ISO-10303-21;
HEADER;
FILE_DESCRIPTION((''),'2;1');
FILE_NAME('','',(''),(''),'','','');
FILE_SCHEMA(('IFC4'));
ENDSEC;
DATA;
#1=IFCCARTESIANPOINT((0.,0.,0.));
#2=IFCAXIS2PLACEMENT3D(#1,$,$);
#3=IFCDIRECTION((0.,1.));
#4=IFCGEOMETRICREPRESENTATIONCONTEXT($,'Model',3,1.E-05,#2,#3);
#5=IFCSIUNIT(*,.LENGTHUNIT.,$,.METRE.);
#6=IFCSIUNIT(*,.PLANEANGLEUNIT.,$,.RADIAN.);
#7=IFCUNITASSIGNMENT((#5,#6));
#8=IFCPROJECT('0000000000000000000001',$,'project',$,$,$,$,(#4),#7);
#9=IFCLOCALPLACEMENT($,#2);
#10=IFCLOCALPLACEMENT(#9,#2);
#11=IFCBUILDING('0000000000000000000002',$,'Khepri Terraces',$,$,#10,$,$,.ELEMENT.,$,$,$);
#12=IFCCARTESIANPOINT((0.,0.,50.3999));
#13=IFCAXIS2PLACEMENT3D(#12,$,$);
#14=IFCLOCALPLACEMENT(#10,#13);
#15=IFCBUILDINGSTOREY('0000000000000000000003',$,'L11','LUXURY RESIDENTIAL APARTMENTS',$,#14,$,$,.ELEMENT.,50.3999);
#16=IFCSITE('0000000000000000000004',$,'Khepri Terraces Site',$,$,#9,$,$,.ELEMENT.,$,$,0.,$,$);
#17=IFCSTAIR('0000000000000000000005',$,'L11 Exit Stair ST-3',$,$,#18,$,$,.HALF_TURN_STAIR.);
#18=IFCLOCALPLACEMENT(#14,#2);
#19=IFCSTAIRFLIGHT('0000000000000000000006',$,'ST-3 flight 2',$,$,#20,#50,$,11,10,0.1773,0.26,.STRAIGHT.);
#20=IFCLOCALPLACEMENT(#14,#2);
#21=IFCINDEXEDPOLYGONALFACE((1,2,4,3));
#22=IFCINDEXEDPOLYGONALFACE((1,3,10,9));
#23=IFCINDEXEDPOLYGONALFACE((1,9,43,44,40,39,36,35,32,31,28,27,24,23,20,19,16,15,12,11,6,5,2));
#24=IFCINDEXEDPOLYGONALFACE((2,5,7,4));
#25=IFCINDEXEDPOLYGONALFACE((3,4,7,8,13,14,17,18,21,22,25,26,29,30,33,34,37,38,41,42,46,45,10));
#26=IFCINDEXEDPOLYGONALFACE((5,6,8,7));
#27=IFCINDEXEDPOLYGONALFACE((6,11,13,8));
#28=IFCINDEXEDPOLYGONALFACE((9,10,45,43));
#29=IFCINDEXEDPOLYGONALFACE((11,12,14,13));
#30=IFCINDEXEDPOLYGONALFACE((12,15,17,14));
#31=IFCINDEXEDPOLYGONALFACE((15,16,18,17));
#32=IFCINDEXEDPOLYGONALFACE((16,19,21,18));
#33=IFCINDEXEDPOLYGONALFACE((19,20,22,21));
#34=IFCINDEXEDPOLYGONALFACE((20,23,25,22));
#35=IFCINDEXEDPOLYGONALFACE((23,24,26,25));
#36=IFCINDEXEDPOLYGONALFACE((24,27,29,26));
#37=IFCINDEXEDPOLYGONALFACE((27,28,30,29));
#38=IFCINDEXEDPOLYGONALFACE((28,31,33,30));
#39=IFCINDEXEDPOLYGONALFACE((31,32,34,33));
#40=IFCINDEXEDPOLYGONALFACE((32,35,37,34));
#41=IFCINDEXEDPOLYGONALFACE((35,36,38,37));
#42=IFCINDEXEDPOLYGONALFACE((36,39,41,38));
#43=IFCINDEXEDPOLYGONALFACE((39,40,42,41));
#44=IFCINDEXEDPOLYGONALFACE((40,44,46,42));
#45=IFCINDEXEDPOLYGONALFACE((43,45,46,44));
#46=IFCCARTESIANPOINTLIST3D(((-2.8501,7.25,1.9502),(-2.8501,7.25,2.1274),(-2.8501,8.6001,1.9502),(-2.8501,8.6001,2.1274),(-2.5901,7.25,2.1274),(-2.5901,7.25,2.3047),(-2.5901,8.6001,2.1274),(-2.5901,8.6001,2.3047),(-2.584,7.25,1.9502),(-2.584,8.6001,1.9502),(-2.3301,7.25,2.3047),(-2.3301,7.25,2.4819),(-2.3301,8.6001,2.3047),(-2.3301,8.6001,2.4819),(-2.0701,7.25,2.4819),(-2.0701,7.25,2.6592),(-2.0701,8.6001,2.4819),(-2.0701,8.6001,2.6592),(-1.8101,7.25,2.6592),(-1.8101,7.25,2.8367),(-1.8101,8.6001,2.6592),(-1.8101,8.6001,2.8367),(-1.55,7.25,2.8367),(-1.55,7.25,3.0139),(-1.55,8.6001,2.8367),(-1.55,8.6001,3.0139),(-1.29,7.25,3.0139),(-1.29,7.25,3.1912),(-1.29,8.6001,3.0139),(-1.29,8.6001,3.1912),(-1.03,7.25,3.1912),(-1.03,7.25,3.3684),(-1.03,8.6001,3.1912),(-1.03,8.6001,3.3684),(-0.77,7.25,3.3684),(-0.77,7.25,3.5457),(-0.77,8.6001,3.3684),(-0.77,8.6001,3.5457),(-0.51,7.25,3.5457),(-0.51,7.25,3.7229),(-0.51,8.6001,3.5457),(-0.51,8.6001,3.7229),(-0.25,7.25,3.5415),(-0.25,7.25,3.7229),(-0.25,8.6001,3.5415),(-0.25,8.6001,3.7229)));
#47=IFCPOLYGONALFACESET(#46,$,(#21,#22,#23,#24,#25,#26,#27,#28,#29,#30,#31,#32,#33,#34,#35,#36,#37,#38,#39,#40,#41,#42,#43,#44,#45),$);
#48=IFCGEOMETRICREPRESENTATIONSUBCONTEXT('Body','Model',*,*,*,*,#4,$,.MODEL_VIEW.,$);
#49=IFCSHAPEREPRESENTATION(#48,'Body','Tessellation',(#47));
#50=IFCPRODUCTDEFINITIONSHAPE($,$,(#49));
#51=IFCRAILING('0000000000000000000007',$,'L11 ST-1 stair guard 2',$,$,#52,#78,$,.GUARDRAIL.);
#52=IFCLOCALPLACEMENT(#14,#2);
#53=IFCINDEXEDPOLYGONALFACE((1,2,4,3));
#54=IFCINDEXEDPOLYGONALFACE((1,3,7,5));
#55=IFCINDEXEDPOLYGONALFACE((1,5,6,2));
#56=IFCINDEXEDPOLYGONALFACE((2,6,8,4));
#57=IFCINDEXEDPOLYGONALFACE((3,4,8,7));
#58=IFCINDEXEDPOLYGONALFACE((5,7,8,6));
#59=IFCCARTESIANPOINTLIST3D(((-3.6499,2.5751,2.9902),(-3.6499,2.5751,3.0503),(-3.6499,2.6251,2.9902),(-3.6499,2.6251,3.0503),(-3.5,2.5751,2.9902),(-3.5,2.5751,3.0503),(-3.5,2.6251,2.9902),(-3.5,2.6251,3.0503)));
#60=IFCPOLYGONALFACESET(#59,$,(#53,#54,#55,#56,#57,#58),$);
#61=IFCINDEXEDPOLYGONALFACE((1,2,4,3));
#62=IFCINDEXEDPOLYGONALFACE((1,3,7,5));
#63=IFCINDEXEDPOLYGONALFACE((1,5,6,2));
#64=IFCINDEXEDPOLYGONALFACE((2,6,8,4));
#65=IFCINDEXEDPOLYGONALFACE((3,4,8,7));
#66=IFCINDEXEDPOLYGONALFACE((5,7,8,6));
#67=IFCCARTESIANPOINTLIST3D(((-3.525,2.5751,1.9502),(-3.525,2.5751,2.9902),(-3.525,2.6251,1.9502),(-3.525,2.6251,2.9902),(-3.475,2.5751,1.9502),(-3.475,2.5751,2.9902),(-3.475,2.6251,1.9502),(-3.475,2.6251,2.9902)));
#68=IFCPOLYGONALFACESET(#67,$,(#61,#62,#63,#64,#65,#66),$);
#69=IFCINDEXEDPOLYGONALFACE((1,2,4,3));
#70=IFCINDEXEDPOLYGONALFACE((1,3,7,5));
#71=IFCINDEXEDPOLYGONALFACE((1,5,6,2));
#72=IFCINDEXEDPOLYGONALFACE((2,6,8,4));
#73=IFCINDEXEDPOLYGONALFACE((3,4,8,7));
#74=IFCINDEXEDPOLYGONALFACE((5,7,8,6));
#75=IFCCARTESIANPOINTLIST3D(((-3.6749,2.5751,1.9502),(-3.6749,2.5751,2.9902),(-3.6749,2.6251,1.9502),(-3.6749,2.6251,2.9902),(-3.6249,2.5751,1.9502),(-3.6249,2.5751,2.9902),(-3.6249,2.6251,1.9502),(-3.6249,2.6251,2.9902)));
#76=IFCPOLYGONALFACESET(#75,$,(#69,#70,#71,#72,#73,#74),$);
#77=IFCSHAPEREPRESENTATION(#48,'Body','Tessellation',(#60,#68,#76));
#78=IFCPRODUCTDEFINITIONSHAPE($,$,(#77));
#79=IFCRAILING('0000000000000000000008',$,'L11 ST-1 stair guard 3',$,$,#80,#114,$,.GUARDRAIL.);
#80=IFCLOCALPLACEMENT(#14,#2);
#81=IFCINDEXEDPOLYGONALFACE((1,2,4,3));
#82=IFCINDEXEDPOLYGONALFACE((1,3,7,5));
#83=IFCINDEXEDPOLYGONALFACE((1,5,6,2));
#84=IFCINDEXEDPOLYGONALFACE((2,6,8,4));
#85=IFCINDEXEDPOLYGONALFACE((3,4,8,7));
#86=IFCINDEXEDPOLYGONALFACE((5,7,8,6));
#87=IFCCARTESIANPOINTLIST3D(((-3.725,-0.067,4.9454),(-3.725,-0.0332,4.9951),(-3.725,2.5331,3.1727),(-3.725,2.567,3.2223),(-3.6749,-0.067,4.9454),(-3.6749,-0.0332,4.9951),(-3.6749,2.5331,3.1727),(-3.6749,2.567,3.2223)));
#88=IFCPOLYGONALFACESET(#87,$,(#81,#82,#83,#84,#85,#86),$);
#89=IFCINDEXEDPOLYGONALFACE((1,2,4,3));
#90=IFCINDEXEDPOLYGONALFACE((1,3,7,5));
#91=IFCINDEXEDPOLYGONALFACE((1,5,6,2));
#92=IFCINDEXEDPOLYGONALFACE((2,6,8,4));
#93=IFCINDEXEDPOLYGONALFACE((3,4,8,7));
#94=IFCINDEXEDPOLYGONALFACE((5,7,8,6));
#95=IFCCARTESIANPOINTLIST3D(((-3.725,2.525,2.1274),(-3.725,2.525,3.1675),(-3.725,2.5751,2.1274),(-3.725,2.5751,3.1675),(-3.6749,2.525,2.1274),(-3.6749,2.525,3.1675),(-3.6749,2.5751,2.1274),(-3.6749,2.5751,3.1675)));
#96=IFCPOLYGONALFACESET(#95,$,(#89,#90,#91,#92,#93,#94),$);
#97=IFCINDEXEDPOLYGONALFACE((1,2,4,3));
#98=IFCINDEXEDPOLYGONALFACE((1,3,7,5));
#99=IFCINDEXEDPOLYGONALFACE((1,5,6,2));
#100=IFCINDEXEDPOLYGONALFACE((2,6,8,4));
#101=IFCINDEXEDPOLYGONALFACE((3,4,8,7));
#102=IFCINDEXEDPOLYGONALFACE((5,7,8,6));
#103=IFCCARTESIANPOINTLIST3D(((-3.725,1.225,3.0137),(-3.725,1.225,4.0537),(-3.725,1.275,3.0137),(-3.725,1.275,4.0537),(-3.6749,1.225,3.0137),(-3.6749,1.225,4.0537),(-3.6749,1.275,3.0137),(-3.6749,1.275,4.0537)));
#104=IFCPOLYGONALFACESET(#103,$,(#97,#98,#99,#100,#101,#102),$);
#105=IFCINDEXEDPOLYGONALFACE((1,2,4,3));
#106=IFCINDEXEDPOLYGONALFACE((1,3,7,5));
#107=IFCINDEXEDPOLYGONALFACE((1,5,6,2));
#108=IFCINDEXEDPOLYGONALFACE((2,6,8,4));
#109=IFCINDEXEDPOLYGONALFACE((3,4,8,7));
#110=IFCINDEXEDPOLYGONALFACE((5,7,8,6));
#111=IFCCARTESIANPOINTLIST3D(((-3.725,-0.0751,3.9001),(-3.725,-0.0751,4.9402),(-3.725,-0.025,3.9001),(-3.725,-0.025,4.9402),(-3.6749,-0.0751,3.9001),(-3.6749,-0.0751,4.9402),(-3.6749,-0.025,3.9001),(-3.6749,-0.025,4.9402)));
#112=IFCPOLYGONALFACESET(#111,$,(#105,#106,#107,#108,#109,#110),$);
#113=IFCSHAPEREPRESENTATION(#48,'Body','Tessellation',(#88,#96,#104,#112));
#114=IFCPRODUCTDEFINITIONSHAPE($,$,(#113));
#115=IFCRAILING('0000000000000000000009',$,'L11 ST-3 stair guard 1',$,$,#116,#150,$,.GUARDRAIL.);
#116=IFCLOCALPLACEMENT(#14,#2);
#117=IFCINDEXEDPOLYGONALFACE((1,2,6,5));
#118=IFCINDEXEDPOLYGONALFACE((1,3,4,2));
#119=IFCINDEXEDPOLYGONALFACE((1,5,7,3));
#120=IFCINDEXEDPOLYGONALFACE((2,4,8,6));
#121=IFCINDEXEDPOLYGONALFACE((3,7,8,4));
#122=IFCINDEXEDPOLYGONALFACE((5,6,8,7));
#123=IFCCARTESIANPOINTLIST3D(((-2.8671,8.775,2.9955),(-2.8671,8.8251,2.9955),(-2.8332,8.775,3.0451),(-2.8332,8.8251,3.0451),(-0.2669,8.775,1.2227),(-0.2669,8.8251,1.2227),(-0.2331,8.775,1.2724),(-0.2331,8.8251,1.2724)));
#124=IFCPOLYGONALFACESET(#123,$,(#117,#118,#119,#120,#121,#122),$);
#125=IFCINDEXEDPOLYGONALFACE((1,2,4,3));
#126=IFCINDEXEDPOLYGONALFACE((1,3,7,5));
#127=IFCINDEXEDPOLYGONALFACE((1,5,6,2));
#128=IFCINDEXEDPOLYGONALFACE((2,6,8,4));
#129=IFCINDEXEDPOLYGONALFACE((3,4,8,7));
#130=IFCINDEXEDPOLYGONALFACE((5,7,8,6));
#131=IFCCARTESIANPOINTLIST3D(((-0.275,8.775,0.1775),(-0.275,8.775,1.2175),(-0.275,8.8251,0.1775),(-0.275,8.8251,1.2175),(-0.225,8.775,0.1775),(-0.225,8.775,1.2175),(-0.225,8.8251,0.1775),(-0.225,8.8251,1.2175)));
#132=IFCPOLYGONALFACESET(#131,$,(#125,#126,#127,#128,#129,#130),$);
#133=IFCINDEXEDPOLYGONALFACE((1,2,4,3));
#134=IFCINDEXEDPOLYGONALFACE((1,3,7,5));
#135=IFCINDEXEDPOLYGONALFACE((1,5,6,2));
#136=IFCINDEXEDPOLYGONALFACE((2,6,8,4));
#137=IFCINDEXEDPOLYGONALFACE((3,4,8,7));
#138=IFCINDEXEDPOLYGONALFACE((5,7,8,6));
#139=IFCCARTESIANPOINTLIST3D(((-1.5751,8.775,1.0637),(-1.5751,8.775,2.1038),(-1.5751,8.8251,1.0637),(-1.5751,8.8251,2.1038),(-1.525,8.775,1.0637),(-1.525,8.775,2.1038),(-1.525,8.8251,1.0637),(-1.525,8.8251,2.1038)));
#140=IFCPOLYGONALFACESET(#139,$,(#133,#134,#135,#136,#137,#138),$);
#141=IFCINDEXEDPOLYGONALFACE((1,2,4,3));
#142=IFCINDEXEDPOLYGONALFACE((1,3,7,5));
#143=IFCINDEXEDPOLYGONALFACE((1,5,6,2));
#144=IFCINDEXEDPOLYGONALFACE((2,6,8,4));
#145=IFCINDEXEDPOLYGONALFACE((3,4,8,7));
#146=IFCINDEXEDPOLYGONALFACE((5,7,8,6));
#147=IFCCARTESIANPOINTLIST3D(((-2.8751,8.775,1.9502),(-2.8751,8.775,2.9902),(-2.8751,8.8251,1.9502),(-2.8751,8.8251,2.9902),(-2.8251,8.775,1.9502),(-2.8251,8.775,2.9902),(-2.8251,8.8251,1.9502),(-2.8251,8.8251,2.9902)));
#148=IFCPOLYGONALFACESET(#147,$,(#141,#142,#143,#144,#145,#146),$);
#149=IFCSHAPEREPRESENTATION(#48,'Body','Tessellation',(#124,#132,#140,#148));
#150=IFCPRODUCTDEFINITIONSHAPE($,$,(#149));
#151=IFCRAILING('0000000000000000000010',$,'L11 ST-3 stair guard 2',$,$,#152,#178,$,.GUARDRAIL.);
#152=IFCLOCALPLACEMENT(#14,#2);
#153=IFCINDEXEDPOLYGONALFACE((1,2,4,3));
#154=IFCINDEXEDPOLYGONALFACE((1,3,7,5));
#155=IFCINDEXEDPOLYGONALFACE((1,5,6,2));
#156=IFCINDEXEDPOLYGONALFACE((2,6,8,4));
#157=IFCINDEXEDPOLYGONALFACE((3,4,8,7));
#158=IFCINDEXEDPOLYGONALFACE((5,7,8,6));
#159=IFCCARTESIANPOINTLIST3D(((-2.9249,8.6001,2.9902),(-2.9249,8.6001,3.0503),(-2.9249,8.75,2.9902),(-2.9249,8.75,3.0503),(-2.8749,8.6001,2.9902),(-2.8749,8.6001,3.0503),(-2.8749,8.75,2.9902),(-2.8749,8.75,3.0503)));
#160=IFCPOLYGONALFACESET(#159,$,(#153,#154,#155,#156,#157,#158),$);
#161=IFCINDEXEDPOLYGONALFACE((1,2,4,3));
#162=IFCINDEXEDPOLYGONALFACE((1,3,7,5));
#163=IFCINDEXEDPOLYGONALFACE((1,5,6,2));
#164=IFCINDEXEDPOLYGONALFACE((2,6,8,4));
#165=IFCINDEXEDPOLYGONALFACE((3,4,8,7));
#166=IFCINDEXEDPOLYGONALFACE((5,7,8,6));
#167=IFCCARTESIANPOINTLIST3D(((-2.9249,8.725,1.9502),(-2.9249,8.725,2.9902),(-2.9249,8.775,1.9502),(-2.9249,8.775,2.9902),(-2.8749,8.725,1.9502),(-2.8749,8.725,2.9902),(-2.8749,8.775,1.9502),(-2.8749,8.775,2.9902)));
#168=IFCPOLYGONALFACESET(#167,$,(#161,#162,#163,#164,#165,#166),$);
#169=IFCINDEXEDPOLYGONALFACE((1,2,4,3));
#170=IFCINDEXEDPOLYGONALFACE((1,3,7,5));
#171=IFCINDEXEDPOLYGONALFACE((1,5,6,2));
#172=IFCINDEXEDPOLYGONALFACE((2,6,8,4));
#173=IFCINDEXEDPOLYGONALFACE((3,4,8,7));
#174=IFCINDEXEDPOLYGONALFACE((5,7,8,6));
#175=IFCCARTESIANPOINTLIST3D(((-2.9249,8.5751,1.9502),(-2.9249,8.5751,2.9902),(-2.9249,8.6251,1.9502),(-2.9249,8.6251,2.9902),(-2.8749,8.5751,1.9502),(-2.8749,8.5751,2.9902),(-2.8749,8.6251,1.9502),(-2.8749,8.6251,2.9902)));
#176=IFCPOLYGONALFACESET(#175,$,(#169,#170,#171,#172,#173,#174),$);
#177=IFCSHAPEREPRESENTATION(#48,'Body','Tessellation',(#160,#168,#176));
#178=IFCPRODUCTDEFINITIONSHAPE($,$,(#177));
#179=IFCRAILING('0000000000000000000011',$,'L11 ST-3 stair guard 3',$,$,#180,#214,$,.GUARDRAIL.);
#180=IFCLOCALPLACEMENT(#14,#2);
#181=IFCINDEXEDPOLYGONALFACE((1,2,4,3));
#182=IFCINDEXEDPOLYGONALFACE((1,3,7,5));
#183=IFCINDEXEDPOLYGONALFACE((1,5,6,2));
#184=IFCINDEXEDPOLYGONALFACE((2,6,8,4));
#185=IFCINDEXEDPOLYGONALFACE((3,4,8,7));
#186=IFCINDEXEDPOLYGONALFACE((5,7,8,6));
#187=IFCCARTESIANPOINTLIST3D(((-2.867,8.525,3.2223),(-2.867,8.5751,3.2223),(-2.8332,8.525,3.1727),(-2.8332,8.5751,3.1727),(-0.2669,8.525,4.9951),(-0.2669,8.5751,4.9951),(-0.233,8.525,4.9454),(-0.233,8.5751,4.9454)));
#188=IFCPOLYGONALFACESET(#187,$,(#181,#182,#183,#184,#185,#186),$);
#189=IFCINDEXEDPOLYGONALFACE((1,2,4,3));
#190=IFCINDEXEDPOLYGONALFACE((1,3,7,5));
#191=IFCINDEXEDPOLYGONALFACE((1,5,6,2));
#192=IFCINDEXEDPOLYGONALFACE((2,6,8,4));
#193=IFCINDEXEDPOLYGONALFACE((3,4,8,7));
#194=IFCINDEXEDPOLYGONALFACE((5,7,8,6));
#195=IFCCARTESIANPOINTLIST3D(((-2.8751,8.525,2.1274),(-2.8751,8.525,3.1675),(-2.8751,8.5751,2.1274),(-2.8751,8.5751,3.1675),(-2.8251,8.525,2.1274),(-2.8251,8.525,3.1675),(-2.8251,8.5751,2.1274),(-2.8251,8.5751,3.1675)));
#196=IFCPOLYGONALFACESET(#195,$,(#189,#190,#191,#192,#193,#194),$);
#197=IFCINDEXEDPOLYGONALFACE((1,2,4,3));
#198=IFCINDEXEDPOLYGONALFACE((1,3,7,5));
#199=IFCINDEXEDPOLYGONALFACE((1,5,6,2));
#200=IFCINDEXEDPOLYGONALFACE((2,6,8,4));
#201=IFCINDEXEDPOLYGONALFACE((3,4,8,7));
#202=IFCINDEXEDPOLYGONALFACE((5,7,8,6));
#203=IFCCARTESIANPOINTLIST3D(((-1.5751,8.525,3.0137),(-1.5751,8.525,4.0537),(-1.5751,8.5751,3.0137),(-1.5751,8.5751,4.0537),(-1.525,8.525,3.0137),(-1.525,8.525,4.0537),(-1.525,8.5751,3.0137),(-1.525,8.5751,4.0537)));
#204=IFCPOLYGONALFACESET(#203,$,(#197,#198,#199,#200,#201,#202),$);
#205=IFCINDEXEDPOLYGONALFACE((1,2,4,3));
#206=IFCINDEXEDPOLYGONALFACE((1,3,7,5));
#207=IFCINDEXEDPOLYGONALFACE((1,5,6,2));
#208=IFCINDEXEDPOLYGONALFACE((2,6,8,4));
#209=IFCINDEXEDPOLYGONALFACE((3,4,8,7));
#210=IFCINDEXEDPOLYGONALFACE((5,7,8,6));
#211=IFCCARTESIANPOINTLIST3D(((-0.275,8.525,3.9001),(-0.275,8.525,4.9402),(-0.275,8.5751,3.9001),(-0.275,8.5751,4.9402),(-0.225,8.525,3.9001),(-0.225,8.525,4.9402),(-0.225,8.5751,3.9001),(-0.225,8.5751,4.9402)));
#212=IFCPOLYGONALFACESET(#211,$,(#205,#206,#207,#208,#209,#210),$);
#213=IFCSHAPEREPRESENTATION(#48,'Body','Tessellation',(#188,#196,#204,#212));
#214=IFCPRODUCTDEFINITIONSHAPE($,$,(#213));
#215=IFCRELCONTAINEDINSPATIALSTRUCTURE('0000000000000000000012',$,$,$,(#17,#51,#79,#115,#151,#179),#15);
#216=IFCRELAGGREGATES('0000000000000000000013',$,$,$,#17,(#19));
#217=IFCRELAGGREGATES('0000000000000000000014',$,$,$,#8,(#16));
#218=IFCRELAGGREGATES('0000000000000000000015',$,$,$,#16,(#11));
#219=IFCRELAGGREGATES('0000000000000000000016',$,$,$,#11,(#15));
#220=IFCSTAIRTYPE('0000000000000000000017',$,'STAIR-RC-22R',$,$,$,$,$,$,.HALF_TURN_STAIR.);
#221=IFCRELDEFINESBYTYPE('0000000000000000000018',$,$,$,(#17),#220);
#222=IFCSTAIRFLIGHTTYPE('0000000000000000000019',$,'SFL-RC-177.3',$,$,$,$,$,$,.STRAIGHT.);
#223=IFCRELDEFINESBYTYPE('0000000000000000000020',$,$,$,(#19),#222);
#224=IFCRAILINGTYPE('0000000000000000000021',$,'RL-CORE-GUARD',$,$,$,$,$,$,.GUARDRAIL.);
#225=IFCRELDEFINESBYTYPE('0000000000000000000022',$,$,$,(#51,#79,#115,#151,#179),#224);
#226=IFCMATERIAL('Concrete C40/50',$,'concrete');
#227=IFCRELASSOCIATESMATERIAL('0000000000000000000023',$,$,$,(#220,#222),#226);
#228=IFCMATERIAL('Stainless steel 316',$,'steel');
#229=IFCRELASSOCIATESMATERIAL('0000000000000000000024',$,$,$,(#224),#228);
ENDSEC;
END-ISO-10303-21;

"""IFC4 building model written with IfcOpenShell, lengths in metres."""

from ifc_helpers import new_model, si_unit, direction, frame, origin, origin_2d, place, context, subcontext, project, spatial, polyline, rectangle, outline, extrude, material, type_object, element, aggregate, save


model = new_model("IFC4")

# Units and contexts
model_context = context("Model", 3, precision=1e-05, world=origin(), true_north=direction((0.0, 1.0)))
body_context = subcontext(model_context, "Body", "Model", "MODEL_VIEW")
ifc_project = project(units=[si_unit("LENGTHUNIT", "METRE"), si_unit("PLANEANGLEUNIT", "RADIAN")], contexts=[model_context])

# Site, building, storey
site_placement = place(None, origin())
site = spatial("IfcSite", under=ifc_project, at=site_placement, Name="Khepri Terraces Site", CompositionType="ELEMENT", RefElevation=0.0)
building_placement = place(site_placement, origin())
building = spatial("IfcBuilding", under=site, at=building_placement, Name="Khepri Terraces", CompositionType="ELEMENT")
storey_placement = place(building_placement, frame((0.0, 0.0, 50.3999)))
storey = spatial("IfcBuildingStorey", under=building, at=storey_placement, Name="L11", Description="LUXURY RESIDENTIAL APARTMENTS", CompositionType="ELEMENT", Elevation=50.3999)

# Stair, stair flight
ifc_material_1 = material(Name="Concrete C40/50", Category="concrete")
stair_type = type_object("IfcStairType", Name="STAIR-RC-22R", PredefinedType="HALF_TURN_STAIR", material=ifc_material_1)
stair_flight_type = type_object("IfcStairFlightType", Name="SFL-RC-177.3", PredefinedType="STRAIGHT", material=ifc_material_1)
stair_1_placement = place(storey_placement, origin())
stair_1 = element("IfcStair", 1, at=stair_1_placement, inside=storey, type_object=stair_type, Name="L11 Exit Stair ST-3", PredefinedType="HALF_TURN_STAIR")
stair_flight_1_placement = place(storey_placement, frame((-2.8501, 7.925, 1.9502), z_axis=(0.0, 0.0, 1.0), x_axis=(1.0, 0.0, 0.0)))
stair_flight_1 = element("IfcStairFlight", 2, at=stair_flight_1_placement, type_object=stair_flight_type, Name="ST-3 flight 2", NumberOfRisers=11, NumberOfTreads=10, PredefinedType="STRAIGHT", RiserHeight=0.1773, TreadLength=0.26, context=body_context, shape_type="SweptSolid", body=[
    extrude(outline(polyline([(0.0, 0.0), (0.0, 0.1772), (0.26, 0.1772), (0.26, 0.3545), (0.52, 0.3545), (0.52, 0.5317), (0.78, 0.5317), (0.78, 0.709), (1.04, 0.709), (1.04, 0.8865), (1.3, 0.8865), (1.3, 1.0637), (1.5601, 1.0637), (1.5601, 1.241), (1.8201, 1.241), (1.8201, 1.4182), (2.0801, 1.4182), (2.0801, 1.5955), (2.3401, 1.5955), (2.3401, 1.7727), (2.6001, 1.7727), (2.6001, 1.95), (2.6001, 1.5913), (0.2661, 0.0), (0.0, 0.0)])), frame((0.0, 0.675, 0.0), z_axis=(0.0, -1.0, 0.0), x_axis=(1.0, 0.0, 0.0)), (0.0, 0.0, 1.0), 1.3501),
])
aggregate(stair_1, [stair_flight_1])

# Railings
ifc_material_2 = material(Name="Stainless steel 316", Category="steel")
railing_type_1 = type_object("IfcRailingType", Name="RL-CORE-GUARD", PredefinedType="GUARDRAIL", material=ifc_material_2)
railing_1_placement = place(storey_placement, frame((-3.5, 2.6001, 1.9502)))
element("IfcRailing", 3, at=railing_1_placement, inside=storey, type_object=railing_type_1, Name="L11 ST-1 stair guard 2", PredefinedType="GUARDRAIL", context=body_context, shape_type="SweptSolid", body=[
    extrude(rectangle(XDim=0.05, YDim=0.0601, at=origin_2d()), frame((0.0, 0.0, 1.0701), z_axis=(-1.0, 0.0, 0.0), x_axis=(0.0, -1.0, 0.0)), (0.0, 0.0, 1.0), 0.1499),
    extrude(rectangle(XDim=0.05, YDim=0.05, at=origin_2d()), origin(), (0.0, 0.0, 1.0), 1.04),
    extrude(rectangle(XDim=0.05, YDim=0.05, at=origin_2d()), frame((-0.1499, 0.0, 0.0)), (0.0, 0.0, 1.0), 1.04),
])
railing_2_placement = place(storey_placement, frame((-3.7, 2.55, 2.1274)))
element("IfcRailing", 4, at=railing_2_placement, inside=storey, type_object=railing_type_1, Name="L11 ST-1 stair guard 3", PredefinedType="GUARDRAIL", context=body_context, shape_type="SweptSolid", body=[
    extrude(rectangle(XDim=0.05, YDim=0.0601, at=origin_2d()), frame((0.0, 0.0, 1.0701), z_axis=(0.0, -0.82624, 0.563318), x_axis=(1.0, 0.0, 0.0)), (0.0, 0.0, 1.0), 3.147),
    extrude(rectangle(XDim=0.05, YDim=0.05, at=origin_2d()), origin(), (0.0, 0.0, 1.0), 1.04),
    extrude(rectangle(XDim=0.05, YDim=0.05, at=origin_2d()), frame((0.0, -1.3, 0.8862)), (0.0, 0.0, 1.0), 1.04),
    extrude(rectangle(XDim=0.05, YDim=0.05, at=origin_2d()), frame((0.0, -2.6001, 1.7727)), (0.0, 0.0, 1.0), 1.04),
])
railing_3_placement = place(storey_placement, frame((-0.25, 8.8, 0.1775)))
element("IfcRailing", 5, at=railing_3_placement, inside=storey, type_object=railing_type_1, Name="L11 ST-3 stair guard 1", PredefinedType="GUARDRAIL", context=body_context, shape_type="SweptSolid", body=[
    extrude(rectangle(XDim=0.05, YDim=0.0601, at=origin_2d()), frame((0.0, 0.0, 1.0701), z_axis=(-0.82624, 0.0, 0.563318), x_axis=(0.0, -1.0, 0.0)), (0.0, 0.0, 1.0), 3.147),
    extrude(rectangle(XDim=0.05, YDim=0.05, at=origin_2d()), origin(), (0.0, 0.0, 1.0), 1.04),
    extrude(rectangle(XDim=0.05, YDim=0.05, at=origin_2d()), frame((-1.3, 0.0, 0.8862)), (0.0, 0.0, 1.0), 1.04),
    extrude(rectangle(XDim=0.05, YDim=0.05, at=origin_2d()), frame((-2.6001, 0.0, 1.7727)), (0.0, 0.0, 1.0), 1.04),
])
railing_4_placement = place(storey_placement, frame((-2.8999, 8.75, 1.9502)))
element("IfcRailing", 6, at=railing_4_placement, inside=storey, type_object=railing_type_1, Name="L11 ST-3 stair guard 2", PredefinedType="GUARDRAIL", context=body_context, shape_type="SweptSolid", body=[
    extrude(rectangle(XDim=0.05, YDim=0.0601, at=origin_2d()), frame((0.0, 0.0, 1.0701), z_axis=(0.0, -1.0, 0.0), x_axis=(1.0, 0.0, 0.0)), (0.0, 0.0, 1.0), 0.1499),
    extrude(rectangle(XDim=0.05, YDim=0.05, at=origin_2d()), origin(), (0.0, 0.0, 1.0), 1.04),
    extrude(rectangle(XDim=0.05, YDim=0.05, at=origin_2d()), frame((0.0, -0.1499, 0.0)), (0.0, 0.0, 1.0), 1.04),
])
railing_5_placement = place(storey_placement, frame((-2.8501, 8.55, 2.1274)))
element("IfcRailing", 7, at=railing_5_placement, inside=storey, type_object=railing_type_1, Name="L11 ST-3 stair guard 3", PredefinedType="GUARDRAIL", context=body_context, shape_type="SweptSolid", body=[
    extrude(rectangle(XDim=0.05, YDim=0.0601, at=origin_2d()), frame((0.0, 0.0, 1.0701), z_axis=(0.82624, 0.0, 0.563318), x_axis=(0.0, 1.0, 0.0)), (0.0, 0.0, 1.0), 3.147),
    extrude(rectangle(XDim=0.05, YDim=0.05, at=origin_2d()), origin(), (0.0, 0.0, 1.0), 1.04),
    extrude(rectangle(XDim=0.05, YDim=0.05, at=origin_2d()), frame((1.3, 0.0, 0.8862)), (0.0, 0.0, 1.0), 1.04),
    extrude(rectangle(XDim=0.05, YDim=0.05, at=origin_2d()), frame((2.6001, 0.0, 1.7727)), (0.0, 0.0, 1.0), 1.04),
])

save(model, "model.ifc")
